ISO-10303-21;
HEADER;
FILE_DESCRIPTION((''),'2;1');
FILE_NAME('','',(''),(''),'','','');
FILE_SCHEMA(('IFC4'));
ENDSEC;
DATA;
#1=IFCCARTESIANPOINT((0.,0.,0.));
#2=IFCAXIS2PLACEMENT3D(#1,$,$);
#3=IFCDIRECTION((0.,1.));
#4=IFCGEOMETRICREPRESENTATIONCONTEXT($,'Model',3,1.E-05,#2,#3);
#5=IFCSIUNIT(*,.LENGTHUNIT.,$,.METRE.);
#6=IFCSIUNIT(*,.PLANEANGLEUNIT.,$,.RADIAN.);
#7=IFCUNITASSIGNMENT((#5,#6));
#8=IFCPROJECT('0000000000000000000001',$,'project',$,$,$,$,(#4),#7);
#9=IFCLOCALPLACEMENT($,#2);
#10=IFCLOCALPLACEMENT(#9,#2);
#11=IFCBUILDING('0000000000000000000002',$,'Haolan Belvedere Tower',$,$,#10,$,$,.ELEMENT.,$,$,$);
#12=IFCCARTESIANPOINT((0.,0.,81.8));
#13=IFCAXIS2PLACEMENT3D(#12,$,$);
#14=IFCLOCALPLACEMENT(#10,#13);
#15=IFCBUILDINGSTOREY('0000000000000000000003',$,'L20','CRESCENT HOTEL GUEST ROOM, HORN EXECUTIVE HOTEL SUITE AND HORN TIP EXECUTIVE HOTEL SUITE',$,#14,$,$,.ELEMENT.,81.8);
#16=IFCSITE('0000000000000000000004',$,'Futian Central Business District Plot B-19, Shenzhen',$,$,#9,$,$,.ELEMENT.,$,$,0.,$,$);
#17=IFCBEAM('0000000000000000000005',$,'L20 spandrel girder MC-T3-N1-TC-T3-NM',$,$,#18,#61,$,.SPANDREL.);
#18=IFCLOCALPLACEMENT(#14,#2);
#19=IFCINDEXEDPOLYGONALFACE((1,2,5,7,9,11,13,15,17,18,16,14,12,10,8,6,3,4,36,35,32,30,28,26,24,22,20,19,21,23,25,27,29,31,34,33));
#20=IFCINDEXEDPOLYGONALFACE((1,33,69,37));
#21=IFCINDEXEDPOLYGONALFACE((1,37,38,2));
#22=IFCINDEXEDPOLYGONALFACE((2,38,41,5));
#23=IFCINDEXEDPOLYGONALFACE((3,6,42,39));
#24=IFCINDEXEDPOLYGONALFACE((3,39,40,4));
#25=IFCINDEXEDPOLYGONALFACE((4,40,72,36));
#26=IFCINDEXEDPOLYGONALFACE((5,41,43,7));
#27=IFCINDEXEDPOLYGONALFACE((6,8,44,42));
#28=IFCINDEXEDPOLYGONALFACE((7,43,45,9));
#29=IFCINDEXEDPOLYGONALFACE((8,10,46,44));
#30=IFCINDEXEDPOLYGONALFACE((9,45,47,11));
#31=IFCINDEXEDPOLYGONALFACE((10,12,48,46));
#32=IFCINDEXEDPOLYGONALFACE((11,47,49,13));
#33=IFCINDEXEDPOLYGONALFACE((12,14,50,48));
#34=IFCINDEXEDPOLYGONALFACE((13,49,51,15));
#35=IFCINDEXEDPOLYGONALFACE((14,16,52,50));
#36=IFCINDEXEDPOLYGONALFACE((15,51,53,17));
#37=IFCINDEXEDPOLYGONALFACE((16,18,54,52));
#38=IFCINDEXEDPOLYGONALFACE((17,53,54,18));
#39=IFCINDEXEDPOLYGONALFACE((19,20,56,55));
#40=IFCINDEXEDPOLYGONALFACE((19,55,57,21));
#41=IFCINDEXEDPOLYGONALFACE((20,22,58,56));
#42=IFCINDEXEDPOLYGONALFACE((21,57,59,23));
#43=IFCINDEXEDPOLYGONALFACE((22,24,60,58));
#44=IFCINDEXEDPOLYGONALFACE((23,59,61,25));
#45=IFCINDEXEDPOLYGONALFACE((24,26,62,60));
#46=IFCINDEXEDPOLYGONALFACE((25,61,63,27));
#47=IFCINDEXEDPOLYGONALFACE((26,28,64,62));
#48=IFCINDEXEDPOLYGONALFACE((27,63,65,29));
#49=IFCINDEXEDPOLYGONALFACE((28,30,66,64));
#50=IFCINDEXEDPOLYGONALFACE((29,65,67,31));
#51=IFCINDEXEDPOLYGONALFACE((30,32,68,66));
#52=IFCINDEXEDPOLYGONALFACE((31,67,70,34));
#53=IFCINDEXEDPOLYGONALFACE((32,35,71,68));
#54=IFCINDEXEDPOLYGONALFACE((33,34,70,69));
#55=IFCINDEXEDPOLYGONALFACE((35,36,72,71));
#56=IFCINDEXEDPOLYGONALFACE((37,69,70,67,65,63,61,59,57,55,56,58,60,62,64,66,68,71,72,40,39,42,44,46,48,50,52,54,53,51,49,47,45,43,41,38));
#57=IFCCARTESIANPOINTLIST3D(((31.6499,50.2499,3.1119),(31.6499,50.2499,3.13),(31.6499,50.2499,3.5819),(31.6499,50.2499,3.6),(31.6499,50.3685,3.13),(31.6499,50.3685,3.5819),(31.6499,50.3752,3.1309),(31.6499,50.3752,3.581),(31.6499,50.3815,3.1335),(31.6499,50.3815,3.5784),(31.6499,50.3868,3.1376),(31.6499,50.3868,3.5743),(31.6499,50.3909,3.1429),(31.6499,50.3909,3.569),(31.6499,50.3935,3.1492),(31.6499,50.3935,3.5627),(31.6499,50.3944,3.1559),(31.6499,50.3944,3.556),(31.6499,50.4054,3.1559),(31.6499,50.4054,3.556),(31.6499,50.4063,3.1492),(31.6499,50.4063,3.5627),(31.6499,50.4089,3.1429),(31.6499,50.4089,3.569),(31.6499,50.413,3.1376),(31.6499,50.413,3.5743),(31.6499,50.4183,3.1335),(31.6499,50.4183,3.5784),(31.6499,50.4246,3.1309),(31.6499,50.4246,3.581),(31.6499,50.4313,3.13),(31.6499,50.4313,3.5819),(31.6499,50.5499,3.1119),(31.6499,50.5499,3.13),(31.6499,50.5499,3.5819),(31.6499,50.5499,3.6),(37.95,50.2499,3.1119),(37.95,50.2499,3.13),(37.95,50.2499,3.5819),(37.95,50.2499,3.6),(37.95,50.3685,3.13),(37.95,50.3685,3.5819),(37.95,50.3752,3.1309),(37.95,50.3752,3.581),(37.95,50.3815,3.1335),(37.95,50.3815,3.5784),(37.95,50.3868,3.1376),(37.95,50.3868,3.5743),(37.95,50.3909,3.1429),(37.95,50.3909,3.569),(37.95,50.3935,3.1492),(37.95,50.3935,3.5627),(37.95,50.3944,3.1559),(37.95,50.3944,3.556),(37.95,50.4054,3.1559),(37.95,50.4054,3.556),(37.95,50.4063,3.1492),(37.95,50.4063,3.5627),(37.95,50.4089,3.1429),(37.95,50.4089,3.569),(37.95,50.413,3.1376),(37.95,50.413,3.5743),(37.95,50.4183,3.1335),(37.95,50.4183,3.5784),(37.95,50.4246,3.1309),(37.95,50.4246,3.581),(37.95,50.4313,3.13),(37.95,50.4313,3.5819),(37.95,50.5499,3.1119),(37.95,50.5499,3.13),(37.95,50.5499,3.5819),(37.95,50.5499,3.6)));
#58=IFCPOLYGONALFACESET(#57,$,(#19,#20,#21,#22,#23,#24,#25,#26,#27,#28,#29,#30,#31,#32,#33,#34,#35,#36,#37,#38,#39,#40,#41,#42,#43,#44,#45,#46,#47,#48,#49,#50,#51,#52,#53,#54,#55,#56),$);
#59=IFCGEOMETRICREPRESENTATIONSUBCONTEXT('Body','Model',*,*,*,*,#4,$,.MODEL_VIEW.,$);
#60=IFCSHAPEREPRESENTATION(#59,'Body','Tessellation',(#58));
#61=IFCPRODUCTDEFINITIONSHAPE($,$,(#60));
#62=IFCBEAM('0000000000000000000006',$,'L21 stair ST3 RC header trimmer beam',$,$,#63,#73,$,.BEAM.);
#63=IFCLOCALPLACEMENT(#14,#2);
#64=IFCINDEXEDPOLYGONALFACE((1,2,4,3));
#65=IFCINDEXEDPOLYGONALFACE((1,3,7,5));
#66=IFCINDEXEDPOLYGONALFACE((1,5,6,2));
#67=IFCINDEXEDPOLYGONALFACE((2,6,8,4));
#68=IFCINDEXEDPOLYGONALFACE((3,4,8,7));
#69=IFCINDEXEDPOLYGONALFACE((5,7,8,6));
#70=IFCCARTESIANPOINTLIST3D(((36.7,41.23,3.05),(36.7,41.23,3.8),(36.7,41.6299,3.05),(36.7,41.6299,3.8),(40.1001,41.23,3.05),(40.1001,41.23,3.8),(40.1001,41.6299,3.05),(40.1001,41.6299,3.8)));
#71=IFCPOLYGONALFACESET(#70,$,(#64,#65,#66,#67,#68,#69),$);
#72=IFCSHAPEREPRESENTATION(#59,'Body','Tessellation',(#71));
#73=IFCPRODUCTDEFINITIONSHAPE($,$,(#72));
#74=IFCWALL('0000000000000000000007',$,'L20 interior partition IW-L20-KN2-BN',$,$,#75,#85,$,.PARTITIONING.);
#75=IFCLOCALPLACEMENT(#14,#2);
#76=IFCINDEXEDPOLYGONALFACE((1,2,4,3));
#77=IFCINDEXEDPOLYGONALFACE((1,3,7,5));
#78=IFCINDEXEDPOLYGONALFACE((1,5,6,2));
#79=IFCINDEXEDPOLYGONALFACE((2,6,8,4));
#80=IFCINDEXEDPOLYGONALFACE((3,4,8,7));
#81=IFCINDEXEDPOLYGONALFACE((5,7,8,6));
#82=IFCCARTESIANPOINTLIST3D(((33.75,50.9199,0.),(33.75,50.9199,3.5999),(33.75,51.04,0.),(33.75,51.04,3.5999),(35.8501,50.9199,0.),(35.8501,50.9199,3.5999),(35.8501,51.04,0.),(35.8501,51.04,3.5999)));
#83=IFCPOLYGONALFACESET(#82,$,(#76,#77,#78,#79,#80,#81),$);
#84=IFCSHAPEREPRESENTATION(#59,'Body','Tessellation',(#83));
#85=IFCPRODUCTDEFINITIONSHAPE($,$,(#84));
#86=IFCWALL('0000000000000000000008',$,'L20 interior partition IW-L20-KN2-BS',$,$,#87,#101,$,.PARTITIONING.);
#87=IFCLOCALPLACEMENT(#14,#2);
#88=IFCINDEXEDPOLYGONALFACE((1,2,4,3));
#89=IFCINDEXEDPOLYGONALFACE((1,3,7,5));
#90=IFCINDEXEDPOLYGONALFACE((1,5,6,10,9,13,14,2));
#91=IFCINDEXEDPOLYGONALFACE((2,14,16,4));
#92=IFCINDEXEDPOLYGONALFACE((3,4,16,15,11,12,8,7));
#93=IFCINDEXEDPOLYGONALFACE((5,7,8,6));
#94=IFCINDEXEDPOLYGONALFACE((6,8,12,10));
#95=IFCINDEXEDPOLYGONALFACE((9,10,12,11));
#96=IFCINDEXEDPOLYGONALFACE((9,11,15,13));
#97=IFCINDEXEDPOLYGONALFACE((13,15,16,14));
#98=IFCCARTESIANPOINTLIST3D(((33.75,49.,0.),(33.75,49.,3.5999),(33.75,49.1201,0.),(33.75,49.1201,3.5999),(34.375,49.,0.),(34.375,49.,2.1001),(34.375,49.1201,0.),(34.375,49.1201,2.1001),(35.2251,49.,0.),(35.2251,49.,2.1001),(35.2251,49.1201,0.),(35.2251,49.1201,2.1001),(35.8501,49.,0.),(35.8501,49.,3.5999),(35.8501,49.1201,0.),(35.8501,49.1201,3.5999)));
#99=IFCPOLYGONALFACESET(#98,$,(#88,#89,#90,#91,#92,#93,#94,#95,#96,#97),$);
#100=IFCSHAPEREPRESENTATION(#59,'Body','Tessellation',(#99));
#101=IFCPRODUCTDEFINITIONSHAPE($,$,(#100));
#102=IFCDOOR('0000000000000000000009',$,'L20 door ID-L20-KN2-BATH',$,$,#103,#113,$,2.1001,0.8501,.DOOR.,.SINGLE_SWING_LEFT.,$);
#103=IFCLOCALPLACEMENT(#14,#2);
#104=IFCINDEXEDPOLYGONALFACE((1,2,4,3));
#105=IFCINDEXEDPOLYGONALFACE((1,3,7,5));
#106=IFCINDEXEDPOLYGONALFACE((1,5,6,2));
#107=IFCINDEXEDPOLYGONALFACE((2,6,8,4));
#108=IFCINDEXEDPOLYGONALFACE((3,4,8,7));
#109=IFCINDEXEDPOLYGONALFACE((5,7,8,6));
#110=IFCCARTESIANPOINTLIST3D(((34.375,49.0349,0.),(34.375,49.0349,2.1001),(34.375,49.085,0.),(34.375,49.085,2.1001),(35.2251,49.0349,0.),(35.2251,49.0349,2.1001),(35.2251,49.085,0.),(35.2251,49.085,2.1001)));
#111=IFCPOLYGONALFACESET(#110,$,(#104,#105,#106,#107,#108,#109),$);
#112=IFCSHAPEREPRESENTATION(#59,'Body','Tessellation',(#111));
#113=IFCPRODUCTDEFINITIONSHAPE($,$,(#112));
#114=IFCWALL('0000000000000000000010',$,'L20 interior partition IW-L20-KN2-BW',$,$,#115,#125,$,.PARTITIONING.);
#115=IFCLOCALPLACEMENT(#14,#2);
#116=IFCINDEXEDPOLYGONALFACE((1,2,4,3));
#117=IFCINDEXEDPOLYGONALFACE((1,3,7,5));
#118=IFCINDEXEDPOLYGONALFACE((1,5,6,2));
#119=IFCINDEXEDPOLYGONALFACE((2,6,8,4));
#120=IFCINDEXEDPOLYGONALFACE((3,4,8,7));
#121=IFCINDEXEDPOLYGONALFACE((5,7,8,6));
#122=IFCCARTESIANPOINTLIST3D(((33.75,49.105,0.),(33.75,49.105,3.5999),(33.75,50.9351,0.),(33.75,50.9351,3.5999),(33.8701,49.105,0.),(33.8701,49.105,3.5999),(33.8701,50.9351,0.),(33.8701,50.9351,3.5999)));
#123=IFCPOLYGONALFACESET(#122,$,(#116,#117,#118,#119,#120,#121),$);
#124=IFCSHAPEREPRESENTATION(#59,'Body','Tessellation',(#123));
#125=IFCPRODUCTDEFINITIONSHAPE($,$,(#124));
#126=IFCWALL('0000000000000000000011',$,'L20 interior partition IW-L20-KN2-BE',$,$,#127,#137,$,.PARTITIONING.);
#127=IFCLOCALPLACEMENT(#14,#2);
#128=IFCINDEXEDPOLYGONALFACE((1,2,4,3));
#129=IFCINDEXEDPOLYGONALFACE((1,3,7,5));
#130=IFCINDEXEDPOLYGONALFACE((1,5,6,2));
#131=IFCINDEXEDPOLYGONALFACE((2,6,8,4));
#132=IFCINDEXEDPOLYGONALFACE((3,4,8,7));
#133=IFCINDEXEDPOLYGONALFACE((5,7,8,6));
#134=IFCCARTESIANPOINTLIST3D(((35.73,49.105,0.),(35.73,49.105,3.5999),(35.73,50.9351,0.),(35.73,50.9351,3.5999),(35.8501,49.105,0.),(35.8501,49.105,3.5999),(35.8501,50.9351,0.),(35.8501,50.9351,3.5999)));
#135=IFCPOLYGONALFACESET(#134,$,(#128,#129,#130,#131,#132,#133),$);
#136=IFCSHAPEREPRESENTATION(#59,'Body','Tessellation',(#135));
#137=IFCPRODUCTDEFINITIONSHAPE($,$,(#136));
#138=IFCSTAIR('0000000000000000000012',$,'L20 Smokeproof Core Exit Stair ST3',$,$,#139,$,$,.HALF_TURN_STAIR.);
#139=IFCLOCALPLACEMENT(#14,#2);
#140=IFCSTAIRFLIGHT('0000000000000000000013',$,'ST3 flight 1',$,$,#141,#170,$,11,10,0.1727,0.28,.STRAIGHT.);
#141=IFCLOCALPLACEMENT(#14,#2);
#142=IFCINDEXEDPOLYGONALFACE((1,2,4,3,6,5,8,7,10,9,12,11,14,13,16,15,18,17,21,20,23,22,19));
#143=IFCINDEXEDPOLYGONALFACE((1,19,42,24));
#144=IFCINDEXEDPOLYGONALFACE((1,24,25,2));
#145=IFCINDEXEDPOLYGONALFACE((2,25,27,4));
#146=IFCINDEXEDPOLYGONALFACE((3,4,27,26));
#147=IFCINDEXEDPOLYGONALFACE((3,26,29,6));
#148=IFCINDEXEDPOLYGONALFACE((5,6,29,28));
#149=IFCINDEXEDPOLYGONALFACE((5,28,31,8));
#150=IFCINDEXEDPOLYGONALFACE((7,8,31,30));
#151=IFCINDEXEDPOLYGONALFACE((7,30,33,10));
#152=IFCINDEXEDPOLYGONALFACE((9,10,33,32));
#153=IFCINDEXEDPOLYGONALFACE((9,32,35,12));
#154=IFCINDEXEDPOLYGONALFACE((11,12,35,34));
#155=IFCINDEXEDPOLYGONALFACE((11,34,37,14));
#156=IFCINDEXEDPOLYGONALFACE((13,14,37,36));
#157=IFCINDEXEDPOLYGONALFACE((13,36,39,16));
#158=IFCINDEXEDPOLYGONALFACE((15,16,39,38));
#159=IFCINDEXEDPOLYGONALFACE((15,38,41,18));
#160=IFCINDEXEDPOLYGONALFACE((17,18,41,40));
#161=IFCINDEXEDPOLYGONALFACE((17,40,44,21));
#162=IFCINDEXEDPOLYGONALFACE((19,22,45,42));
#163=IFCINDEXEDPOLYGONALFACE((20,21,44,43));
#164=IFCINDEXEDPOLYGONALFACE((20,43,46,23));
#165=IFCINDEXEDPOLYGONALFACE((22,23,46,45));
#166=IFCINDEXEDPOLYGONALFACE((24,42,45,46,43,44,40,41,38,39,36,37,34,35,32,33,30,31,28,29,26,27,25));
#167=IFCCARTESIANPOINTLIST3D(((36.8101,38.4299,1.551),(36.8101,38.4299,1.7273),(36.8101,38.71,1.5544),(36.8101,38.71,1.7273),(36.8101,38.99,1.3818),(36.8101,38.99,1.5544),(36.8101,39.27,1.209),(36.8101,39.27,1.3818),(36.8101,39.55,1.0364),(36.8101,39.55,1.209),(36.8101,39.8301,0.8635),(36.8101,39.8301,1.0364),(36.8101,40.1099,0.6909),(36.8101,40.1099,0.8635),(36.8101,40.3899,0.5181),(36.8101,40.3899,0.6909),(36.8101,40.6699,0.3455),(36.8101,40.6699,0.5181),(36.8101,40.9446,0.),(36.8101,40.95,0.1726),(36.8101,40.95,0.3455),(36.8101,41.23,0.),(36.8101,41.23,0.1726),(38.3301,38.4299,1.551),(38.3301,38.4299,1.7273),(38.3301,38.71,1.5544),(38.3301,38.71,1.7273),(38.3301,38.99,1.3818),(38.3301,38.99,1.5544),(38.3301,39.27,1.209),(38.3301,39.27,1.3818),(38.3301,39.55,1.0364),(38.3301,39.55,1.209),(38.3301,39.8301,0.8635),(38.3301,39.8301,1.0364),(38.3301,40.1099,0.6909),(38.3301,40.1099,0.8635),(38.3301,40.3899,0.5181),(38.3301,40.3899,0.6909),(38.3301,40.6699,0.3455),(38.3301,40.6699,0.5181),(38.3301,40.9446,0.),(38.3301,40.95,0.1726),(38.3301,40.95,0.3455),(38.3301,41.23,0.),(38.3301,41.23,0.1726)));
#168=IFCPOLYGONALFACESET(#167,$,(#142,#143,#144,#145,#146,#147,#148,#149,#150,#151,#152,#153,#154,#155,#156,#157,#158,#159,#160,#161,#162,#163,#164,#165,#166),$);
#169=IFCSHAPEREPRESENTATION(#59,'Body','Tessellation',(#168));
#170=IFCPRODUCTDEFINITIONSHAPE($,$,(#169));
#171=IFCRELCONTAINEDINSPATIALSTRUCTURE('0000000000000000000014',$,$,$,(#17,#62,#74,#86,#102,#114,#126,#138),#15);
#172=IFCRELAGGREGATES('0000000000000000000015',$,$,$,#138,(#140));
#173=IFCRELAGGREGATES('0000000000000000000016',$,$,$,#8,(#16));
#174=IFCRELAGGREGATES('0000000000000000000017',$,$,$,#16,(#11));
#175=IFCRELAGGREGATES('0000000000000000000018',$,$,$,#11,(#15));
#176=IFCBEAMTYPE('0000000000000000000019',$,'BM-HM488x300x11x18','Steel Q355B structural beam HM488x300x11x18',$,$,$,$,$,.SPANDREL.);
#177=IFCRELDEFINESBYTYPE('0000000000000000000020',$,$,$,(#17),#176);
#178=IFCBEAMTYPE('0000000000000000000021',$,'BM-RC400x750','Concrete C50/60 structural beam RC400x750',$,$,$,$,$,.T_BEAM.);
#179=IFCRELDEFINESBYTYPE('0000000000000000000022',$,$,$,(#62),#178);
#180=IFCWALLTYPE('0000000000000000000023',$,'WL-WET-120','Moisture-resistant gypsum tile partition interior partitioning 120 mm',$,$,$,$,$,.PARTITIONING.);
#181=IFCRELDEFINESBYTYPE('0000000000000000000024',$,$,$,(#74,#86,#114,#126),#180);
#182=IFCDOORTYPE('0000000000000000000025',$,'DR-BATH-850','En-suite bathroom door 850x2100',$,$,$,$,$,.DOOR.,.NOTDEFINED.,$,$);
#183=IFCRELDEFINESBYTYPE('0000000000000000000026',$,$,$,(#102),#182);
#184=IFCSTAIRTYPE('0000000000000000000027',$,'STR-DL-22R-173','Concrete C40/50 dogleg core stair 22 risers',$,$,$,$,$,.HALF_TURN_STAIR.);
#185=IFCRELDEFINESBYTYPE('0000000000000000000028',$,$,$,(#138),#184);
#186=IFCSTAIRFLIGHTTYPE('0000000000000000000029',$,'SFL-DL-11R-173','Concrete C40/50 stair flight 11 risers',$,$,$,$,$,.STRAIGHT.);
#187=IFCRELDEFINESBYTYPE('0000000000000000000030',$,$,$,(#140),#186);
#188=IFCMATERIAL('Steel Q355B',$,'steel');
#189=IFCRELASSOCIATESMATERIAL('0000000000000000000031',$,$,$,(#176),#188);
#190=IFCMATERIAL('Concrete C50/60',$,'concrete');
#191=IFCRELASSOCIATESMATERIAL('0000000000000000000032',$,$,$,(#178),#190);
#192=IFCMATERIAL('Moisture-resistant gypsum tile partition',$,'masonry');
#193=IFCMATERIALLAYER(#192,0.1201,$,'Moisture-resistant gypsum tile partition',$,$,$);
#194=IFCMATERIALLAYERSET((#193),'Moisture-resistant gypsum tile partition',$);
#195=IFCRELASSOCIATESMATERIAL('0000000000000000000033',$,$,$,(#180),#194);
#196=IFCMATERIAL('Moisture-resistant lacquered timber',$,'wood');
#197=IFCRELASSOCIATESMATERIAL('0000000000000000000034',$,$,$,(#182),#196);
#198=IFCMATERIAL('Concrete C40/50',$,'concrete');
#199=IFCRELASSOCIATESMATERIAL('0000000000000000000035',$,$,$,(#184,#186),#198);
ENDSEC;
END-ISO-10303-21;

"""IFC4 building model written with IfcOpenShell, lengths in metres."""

from ifc_helpers import new_model, si_unit, direction, frame, frame_2d, origin, origin_2d, place, context, subcontext, project, spatial, polyline, rectangle, i_section, outline, extrude, material, layer, layer_set, material_profile, profile_set, type_object, element, fill, aggregate, save


model = new_model("IFC4")

# Units and contexts
model_context = context("Model", 3, precision=1e-05, world=origin(), true_north=direction((0.0, 1.0)))
body_context = subcontext(model_context, "Body", "Model", "MODEL_VIEW")
ifc_project = project(units=[si_unit("LENGTHUNIT", "METRE"), si_unit("PLANEANGLEUNIT", "RADIAN")], contexts=[model_context])

# Site, building, storey
site_placement = place(None, origin())
site = spatial("IfcSite", under=ifc_project, at=site_placement, Name="Futian Central Business District Plot B-19, Shenzhen", CompositionType="ELEMENT", RefElevation=0.0)
building_placement = place(site_placement, origin())
building = spatial("IfcBuilding", under=site, at=building_placement, Name="Haolan Belvedere Tower", CompositionType="ELEMENT")
storey_placement = place(building_placement, frame((0.0, 0.0, 81.8)))
storey = spatial("IfcBuildingStorey", under=building, at=storey_placement, Name="L20", Description="CRESCENT HOTEL GUEST ROOM, HORN EXECUTIVE HOTEL SUITE AND HORN TIP EXECUTIVE HOTEL SUITE", CompositionType="ELEMENT", Elevation=81.8)

# Beams
ifc_material_1 = material(Name="Steel Q355B", Category="steel")
ifc_material_profile_1 = material_profile(ifc_material_1, i_section(OverallWidth=0.3, OverallDepth=0.488, WebThickness=0.011, FlangeThickness=0.0181, FilletRadius=0.0259, at=origin_2d()), Name="Steel Q355B")
ifc_profile_set_1 = profile_set([ifc_material_profile_1], Name="Steel Q355B")
beam_type_1 = type_object("IfcBeamType", Name="BM-HM488x300x11x18", Description="Steel Q355B structural beam HM488x300x11x18", PredefinedType="SPANDREL", material=ifc_profile_set_1)
beam_1_placement = place(storey_placement, frame((31.6499, 50.3999, 3.356), z_axis=(1.0, 0.0, 0.0), x_axis=(0.0, 1.0, 0.0)))
element("IfcBeam", 1, at=beam_1_placement, inside=storey, type_object=beam_type_1, Name="L20 spandrel girder MC-T3-N1-TC-T3-NM", PredefinedType="SPANDREL", context=body_context, shape_type="SweptSolid", body=[
    extrude(i_section(OverallWidth=0.3, OverallDepth=0.488, WebThickness=0.011, FlangeThickness=0.0181, FilletRadius=0.0259, at=origin_2d()), origin(), (0.0, 0.0, 1.0), 6.3),
])
ifc_material_2 = material(Name="Concrete C50/60", Category="concrete")
ifc_material_profile_2 = material_profile(ifc_material_2, rectangle(XDim=0.3999, YDim=0.75, at=origin_2d()), Name="Concrete C50/60")
ifc_profile_set_2 = profile_set([ifc_material_profile_2], Name="Concrete C50/60")
beam_type_2 = type_object("IfcBeamType", Name="BM-RC400x750", Description="Concrete C50/60 structural beam RC400x750", PredefinedType="T_BEAM", material=ifc_profile_set_2)
beam_2_placement = place(storey_placement, frame((36.7, 41.4299, 3.425), z_axis=(1.0, 0.0, 0.0), x_axis=(0.0, 1.0, 0.0)))
element("IfcBeam", 2, at=beam_2_placement, inside=storey, type_object=beam_type_2, Name="L21 stair ST3 RC header trimmer beam", PredefinedType="BEAM", context=body_context, shape_type="SweptSolid", body=[
    extrude(rectangle(XDim=0.3999, YDim=0.75, at=origin_2d()), origin(), (0.0, 0.0, 1.0), 3.4001),
])

# Wall
ifc_material_3 = material(Name="Moisture-resistant gypsum tile partition", Category="masonry")
ifc_layer_1 = layer(ifc_material_3, 0.1201, Name="Moisture-resistant gypsum tile partition")
ifc_layer_set_1 = layer_set([ifc_layer_1], Name="Moisture-resistant gypsum tile partition")
wall_type = type_object("IfcWallType", Name="WL-WET-120", Description="Moisture-resistant gypsum tile partition interior partitioning 120 mm", PredefinedType="PARTITIONING", material=ifc_layer_set_1)
wall_1_placement = place(storey_placement, frame((33.75, 50.98, 0.0), z_axis=(0.0, 0.0, 1.0), x_axis=(1.0, 0.0, 0.0)))
element("IfcWall", 3, at=wall_1_placement, inside=storey, type_object=wall_type, Name="L20 interior partition IW-L20-KN2-BN", PredefinedType="PARTITIONING", context=body_context, shape_type="SweptSolid", body=[
    extrude(rectangle(XDim=2.1001, YDim=0.1201, at=frame_2d((1.05, 0.0))), origin(), (0.0, 0.0, 1.0), 3.5999),
])

# Wall, opening, door
wall_2_placement = place(storey_placement, frame((33.75, 49.0601, 0.0), z_axis=(0.0, 0.0, 1.0), x_axis=(1.0, 0.0, 0.0)))
wall_2 = element("IfcWall", 4, at=wall_2_placement, inside=storey, type_object=wall_type, Name="L20 interior partition IW-L20-KN2-BS", PredefinedType="PARTITIONING", context=body_context, shape_type="SweptSolid", body=[
    extrude(rectangle(XDim=2.1001, YDim=0.1201, at=frame_2d((1.05, 0.0))), origin(), (0.0, 0.0, 1.0), 3.5999),
])
opening_placement = place(wall_2_placement, frame((0.625, 0.0, 0.0)))
opening = element("IfcOpeningElement", 5, at=opening_placement, cuts=wall_2, PredefinedType="OPENING", context=body_context, shape_type="SweptSolid", body=[
    extrude(rectangle(XDim=0.8501, YDim=2.1001, at=frame_2d((0.425, 1.05))), frame((0.0, 0.0701, 0.0), z_axis=(0.0, -1.0, 0.0), x_axis=(1.0, 0.0, 0.0)), (0.0, 0.0, 1.0), 0.1401),
])
ifc_material_4 = material(Name="Moisture-resistant lacquered timber", Category="wood")
door_type = type_object("IfcDoorType", Name="DR-BATH-850", Description="En-suite bathroom door 850x2100", OperationType="NOTDEFINED", PredefinedType="DOOR", material=ifc_material_4)
door_placement = place(opening_placement, origin())
door = element("IfcDoor", 6, at=door_placement, inside=storey, type_object=door_type, Name="L20 door ID-L20-KN2-BATH", OperationType="SINGLE_SWING_LEFT", OverallHeight=2.1001, OverallWidth=0.8501, PredefinedType="DOOR", context=body_context, shape_type="SweptSolid", body=[
    extrude(rectangle(XDim=0.8501, YDim=2.1001, at=frame_2d((0.425, 1.05))), frame((0.0, 0.0249, 0.0), z_axis=(0.0, -1.0, 0.0), x_axis=(1.0, 0.0, 0.0)), (0.0, 0.0, 1.0), 0.05),
])
fill(opening, door)

# Walls
for number, where, z_axis, x_axis, name in (
    (7, (33.8101, 49.105, 0.0), (0.0, 0.0, 1.0), (0.0, 1.0, 0.0), "L20 interior partition IW-L20-KN2-BW"),
    (8, (35.79, 49.105, 0.0), (0.0, 0.0, 1.0), (0.0, 1.0, 0.0), "L20 interior partition IW-L20-KN2-BE"),
):
    element("IfcWall", number, at=place(storey_placement, frame(where, z_axis=z_axis, x_axis=x_axis)), inside=storey, type_object=wall_type, Name=name, PredefinedType="PARTITIONING", context=body_context, shape_type="SweptSolid", body=[
        extrude(rectangle(XDim=1.8301, YDim=0.1201, at=frame_2d((0.915, 0.0))), origin(), (0.0, 0.0, 1.0), 3.5999),
    ])

# Stair, stair flight
ifc_material_5 = material(Name="Concrete C40/50", Category="concrete")
stair_type = type_object("IfcStairType", Name="STR-DL-22R-173", Description="Concrete C40/50 dogleg core stair 22 risers", PredefinedType="HALF_TURN_STAIR", material=ifc_material_5)
stair_placement = place(storey_placement, origin())
stair = element("IfcStair", 9, at=stair_placement, inside=storey, type_object=stair_type, Name="L20 Smokeproof Core Exit Stair ST3", PredefinedType="HALF_TURN_STAIR")
stair_flight_type = type_object("IfcStairFlightType", Name="SFL-DL-11R-173", Description="Concrete C40/50 stair flight 11 risers", PredefinedType="STRAIGHT", material=ifc_material_5)
stair_flight_placement = place(storey_placement, frame((37.5701, 41.23, 0.0), z_axis=(0.0, 0.0, 1.0), x_axis=(0.0, -1.0, 0.0)))
stair_flight = element("IfcStairFlight", 10, at=stair_flight_placement, type_object=stair_flight_type, Name="ST3 flight 1", NumberOfRisers=11, NumberOfTreads=10, PredefinedType="STRAIGHT", RiserHeight=0.1727, TreadLength=0.28, context=body_context, shape_type="SweptSolid", body=[
    extrude(outline(polyline([(0.0, 0.0), (0.0, 0.1726), (0.28, 0.1726), (0.28, 0.3455), (0.5601, 0.3455), (0.5601, 0.5181), (0.8401, 0.5181), (0.8401, 0.6909), (1.1201, 0.6909), (1.1201, 0.8635), (1.3999, 0.8635), (1.3999, 1.0364), (1.6799, 1.0364), (1.6799, 1.209), (1.96, 1.209), (1.96, 1.3818), (2.24, 1.3818), (2.24, 1.5544), (2.52, 1.5544), (2.52, 1.7273), (2.8, 1.7273), (2.8, 1.8999), (2.8, 1.551), (0.2854, 0.0), (0.0, 0.0)])), frame((0.0, 0.76, 0.0), z_axis=(0.0, -1.0, 0.0), x_axis=(1.0, 0.0, 0.0)), (0.0, 0.0, 1.0), 1.52),
])
aggregate(stair, [stair_flight])

save(model, "model.ifc")
